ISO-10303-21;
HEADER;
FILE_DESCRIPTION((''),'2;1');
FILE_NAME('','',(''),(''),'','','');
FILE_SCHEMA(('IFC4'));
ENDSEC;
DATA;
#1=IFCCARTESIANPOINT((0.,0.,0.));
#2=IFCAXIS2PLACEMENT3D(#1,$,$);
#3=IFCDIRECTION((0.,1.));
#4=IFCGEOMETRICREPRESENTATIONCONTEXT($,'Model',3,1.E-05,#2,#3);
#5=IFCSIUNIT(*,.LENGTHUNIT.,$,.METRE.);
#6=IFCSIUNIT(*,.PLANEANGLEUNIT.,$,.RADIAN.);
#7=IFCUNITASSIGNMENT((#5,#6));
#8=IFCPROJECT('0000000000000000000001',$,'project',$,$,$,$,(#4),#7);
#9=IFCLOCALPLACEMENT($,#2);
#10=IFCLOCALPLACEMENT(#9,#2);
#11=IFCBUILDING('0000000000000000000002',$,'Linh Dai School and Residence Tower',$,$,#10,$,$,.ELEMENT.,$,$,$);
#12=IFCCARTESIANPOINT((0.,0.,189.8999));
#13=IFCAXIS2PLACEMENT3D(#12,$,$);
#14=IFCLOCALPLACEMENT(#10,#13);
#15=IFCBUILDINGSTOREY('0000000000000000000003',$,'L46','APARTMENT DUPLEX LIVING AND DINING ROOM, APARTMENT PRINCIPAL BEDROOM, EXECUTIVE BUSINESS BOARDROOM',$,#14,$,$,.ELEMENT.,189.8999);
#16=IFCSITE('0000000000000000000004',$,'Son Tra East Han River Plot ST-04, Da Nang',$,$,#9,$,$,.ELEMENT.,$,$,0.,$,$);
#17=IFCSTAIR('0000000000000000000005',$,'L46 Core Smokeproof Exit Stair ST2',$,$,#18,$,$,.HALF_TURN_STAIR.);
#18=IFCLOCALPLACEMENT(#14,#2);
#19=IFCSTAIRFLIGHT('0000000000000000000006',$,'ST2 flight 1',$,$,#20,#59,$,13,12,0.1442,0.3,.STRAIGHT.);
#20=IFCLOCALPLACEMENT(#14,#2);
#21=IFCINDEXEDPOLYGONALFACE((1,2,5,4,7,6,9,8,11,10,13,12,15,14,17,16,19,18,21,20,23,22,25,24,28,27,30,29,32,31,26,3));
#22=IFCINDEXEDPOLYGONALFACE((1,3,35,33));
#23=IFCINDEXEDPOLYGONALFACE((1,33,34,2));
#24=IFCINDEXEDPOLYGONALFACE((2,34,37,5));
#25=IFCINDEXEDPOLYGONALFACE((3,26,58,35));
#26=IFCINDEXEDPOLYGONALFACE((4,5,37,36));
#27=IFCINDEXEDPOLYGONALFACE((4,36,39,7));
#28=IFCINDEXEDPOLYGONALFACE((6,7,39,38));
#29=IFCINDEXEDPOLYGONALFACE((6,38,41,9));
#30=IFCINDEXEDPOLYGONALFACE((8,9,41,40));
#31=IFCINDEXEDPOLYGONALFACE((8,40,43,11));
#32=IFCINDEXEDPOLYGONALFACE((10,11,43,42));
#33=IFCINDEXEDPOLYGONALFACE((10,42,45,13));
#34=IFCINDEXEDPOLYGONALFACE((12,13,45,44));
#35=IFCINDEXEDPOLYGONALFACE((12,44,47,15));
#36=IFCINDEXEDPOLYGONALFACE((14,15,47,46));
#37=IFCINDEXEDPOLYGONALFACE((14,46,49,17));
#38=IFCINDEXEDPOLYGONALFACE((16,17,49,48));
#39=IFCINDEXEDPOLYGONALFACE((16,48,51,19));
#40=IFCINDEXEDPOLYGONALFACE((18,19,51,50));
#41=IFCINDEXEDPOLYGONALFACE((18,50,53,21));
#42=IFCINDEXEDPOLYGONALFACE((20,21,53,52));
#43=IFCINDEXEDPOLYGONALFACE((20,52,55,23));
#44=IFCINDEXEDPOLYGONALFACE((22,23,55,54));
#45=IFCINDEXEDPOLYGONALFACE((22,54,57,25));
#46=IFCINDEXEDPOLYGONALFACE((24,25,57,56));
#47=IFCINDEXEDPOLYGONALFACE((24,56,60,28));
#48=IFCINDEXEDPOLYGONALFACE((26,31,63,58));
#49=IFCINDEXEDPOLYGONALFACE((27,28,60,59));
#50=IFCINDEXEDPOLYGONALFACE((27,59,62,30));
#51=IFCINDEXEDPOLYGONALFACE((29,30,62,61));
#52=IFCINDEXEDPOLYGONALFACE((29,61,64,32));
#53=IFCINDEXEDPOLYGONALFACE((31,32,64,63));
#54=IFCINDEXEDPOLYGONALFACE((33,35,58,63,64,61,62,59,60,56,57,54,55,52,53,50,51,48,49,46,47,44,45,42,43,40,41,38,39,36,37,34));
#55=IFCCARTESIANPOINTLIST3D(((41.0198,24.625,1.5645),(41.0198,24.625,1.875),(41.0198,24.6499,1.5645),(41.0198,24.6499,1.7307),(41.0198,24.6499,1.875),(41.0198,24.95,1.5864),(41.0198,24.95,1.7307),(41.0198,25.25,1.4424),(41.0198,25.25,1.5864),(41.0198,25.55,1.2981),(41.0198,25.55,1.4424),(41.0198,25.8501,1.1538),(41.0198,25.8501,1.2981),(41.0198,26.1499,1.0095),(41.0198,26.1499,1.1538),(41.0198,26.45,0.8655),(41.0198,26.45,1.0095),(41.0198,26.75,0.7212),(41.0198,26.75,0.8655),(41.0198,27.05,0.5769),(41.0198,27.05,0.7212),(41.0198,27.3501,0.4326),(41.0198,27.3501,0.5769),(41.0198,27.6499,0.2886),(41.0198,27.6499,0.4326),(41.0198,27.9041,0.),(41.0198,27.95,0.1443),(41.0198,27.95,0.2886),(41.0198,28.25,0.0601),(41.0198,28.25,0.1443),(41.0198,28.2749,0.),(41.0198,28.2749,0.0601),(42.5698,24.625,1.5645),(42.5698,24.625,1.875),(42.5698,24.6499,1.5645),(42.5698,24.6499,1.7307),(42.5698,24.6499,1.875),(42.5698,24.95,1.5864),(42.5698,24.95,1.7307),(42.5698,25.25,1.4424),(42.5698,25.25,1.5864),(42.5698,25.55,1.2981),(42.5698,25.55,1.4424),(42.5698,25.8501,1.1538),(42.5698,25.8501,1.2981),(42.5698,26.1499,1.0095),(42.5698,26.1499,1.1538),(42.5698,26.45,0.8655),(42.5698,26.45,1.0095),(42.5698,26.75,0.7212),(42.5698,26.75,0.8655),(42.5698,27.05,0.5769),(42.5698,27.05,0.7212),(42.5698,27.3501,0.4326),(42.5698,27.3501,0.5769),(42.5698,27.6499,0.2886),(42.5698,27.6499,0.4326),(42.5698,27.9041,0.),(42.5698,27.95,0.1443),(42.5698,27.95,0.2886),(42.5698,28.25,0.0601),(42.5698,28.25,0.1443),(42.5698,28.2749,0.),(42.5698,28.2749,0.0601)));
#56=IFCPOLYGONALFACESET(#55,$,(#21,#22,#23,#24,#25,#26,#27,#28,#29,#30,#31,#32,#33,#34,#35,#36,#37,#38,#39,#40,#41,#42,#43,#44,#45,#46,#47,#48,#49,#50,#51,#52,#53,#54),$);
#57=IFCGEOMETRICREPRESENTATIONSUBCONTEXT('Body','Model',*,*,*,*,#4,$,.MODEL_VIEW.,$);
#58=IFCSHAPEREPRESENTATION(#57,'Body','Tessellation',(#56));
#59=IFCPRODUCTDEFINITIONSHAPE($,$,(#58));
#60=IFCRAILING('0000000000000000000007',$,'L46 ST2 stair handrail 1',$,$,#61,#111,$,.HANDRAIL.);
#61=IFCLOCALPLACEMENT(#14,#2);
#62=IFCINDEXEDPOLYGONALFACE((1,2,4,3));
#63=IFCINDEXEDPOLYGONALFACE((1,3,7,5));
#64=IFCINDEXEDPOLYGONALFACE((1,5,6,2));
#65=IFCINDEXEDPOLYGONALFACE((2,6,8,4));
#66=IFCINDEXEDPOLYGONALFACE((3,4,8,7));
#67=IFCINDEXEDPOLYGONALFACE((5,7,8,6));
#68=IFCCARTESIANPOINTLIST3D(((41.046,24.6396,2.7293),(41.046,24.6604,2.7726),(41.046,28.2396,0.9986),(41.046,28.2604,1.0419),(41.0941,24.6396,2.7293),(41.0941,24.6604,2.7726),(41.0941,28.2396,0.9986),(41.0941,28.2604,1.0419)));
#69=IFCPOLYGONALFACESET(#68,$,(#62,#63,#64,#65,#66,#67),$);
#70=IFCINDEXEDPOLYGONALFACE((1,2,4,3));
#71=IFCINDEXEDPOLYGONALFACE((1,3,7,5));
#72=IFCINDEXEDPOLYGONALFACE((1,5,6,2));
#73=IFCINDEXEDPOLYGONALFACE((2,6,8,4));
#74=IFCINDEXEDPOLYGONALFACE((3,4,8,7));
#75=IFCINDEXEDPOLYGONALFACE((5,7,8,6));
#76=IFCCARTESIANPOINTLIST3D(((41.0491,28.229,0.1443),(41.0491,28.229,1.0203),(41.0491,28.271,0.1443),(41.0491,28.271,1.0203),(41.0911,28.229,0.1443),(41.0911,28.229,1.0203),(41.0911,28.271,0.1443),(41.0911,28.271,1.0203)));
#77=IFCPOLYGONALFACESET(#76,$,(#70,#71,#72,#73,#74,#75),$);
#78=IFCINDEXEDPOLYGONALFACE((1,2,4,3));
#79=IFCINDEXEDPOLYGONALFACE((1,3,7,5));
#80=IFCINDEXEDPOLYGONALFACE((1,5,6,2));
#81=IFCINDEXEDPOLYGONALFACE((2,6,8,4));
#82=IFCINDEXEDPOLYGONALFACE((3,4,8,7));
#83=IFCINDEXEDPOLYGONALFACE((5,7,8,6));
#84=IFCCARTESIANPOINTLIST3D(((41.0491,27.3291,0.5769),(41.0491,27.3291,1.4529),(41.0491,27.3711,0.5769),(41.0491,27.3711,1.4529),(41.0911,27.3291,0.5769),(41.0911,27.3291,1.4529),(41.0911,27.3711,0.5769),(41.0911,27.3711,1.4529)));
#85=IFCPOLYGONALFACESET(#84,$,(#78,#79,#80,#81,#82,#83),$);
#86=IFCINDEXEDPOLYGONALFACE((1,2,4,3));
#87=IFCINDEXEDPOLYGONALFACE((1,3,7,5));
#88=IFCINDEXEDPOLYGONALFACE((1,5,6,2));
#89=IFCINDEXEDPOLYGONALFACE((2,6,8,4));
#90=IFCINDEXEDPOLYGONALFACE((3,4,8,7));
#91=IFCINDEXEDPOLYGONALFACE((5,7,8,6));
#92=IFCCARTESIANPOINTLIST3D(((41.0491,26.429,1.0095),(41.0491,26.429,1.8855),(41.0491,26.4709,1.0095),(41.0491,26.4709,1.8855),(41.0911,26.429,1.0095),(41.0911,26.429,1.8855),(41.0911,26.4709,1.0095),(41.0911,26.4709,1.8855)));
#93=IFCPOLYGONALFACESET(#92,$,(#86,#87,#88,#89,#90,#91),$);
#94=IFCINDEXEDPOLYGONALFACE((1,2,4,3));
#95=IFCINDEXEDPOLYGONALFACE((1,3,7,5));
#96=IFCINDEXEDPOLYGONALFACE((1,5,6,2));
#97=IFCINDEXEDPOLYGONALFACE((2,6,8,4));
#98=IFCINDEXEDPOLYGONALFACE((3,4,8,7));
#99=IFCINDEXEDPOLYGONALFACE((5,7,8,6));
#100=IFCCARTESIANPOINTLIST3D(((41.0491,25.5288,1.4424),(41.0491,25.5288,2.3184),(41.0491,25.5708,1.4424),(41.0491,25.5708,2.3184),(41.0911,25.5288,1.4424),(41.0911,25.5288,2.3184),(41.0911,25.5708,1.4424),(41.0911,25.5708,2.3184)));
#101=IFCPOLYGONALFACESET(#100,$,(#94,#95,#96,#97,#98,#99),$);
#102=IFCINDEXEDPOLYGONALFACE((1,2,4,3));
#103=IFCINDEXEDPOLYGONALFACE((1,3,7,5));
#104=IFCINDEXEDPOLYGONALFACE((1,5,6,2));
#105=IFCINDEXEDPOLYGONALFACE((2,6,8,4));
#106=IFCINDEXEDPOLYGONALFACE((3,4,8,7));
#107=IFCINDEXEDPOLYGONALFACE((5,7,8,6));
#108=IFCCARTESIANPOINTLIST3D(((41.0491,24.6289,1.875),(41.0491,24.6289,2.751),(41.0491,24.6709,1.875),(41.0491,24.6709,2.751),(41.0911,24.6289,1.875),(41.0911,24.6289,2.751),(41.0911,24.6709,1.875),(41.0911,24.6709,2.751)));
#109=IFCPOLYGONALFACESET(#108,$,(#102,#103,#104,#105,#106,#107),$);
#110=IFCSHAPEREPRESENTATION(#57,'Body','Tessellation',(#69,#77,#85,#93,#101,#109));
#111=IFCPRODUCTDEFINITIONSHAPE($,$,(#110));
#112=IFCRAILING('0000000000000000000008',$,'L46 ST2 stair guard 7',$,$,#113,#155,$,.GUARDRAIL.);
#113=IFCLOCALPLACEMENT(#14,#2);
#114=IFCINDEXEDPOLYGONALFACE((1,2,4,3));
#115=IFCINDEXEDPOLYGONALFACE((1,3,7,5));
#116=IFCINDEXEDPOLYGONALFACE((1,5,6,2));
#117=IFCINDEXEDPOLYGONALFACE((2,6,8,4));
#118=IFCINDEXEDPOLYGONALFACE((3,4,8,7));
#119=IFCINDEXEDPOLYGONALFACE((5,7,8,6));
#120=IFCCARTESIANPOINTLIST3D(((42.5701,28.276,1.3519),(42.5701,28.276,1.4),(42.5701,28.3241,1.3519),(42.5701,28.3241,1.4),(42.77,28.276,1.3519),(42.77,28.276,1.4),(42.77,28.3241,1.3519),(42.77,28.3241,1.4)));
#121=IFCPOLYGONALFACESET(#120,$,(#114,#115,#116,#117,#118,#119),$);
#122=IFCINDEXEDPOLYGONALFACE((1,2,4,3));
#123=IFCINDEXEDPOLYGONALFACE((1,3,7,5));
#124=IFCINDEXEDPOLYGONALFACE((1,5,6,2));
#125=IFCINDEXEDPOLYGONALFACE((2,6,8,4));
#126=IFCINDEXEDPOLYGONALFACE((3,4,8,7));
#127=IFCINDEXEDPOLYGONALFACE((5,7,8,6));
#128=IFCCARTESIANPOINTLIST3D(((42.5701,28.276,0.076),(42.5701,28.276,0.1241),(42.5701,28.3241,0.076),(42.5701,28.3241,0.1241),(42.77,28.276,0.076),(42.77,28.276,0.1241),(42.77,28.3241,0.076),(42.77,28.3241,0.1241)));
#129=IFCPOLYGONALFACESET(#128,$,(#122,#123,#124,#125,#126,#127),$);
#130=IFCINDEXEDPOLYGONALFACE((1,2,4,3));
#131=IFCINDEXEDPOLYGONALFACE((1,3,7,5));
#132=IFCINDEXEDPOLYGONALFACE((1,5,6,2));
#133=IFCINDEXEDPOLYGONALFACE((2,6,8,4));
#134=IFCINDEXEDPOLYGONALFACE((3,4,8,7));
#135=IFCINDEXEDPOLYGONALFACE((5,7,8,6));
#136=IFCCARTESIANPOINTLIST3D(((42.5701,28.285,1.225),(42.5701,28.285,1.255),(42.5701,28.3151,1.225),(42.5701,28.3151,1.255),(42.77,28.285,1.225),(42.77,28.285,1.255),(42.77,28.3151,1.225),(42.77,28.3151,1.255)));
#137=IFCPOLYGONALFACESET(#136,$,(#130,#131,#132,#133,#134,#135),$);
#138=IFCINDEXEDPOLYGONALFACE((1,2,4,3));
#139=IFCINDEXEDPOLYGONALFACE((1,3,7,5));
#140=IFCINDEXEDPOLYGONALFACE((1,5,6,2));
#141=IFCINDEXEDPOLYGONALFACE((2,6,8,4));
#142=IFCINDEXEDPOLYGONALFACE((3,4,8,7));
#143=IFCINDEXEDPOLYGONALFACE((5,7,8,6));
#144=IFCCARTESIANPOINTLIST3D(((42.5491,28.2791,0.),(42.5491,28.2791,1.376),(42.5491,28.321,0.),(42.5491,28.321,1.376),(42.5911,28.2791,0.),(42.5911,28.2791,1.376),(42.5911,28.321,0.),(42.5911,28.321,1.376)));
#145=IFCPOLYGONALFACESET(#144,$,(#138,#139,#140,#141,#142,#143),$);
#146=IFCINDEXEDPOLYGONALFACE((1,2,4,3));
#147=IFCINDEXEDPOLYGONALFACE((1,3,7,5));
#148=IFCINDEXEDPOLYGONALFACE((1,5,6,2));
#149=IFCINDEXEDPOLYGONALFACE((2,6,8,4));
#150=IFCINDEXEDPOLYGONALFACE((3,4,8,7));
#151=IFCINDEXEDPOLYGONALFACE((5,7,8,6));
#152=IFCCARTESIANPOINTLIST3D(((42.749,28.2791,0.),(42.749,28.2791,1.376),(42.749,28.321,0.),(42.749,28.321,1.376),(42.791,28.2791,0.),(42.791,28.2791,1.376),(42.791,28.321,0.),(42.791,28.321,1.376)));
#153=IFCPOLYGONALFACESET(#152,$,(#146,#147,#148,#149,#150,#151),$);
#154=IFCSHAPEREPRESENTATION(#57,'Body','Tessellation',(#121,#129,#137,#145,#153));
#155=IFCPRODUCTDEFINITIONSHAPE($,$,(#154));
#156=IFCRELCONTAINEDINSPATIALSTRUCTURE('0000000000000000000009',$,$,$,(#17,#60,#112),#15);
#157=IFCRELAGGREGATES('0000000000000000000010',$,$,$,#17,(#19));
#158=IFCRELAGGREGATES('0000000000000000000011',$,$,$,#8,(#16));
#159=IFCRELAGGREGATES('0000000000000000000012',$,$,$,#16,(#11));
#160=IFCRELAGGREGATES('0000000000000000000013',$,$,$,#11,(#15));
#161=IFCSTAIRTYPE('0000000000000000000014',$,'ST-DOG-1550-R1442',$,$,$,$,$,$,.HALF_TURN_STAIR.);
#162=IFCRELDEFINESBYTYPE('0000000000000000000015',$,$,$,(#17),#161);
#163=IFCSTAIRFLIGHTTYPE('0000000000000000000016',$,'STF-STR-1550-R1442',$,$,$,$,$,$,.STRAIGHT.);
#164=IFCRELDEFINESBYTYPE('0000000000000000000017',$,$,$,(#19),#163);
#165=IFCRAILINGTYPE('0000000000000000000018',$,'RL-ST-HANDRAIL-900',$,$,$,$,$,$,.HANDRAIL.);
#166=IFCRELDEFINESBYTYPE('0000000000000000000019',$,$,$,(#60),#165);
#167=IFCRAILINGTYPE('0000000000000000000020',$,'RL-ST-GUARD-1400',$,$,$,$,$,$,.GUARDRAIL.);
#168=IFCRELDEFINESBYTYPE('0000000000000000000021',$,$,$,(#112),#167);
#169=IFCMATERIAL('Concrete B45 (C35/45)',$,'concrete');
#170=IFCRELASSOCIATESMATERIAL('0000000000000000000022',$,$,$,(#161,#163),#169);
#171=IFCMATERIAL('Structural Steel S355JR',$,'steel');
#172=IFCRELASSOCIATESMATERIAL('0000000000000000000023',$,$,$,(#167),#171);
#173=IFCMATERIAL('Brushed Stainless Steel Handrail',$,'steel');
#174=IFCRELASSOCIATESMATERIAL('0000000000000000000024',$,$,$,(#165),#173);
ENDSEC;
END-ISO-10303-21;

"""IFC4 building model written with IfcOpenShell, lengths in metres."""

from ifc_helpers import new_model, si_unit, direction, frame, origin, origin_2d, place, context, subcontext, project, spatial, polyline, rectangle, outline, extrude, source, transform, mapped, material, type_object, element, aggregate, save


model = new_model("IFC4")

# Units and contexts
model_context = context("Model", 3, precision=1e-05, world=origin(), true_north=direction((0.0, 1.0)))
body_context = subcontext(model_context, "Body", "Model", "MODEL_VIEW")
ifc_project = project(units=[si_unit("LENGTHUNIT", "METRE"), si_unit("PLANEANGLEUNIT", "RADIAN")], contexts=[model_context])

# Site, building, storey
site_placement = place(None, origin())
site = spatial("IfcSite", under=ifc_project, at=site_placement, Name="Son Tra East Han River Plot ST-04, Da Nang", CompositionType="ELEMENT", RefElevation=0.0)
building_placement = place(site_placement, origin())
building = spatial("IfcBuilding", under=site, at=building_placement, Name="Linh Dai School and Residence Tower", CompositionType="ELEMENT")
storey_placement = place(building_placement, frame((0.0, 0.0, 189.8999)))
storey = spatial("IfcBuildingStorey", under=building, at=storey_placement, Name="L46", Description="APARTMENT DUPLEX LIVING AND DINING ROOM, APARTMENT PRINCIPAL BEDROOM, EXECUTIVE BUSINESS BOARDROOM", CompositionType="ELEMENT", Elevation=189.8999)

# Shared definitions
ifc_material_1 = material(Name="Structural Steel S355JR", Category="steel")

# Shared definitions
ifc_material_2 = material(Name="Concrete B45 (C35/45)", Category="concrete")

# Stair, stair flight
stair_type = type_object("IfcStairType", Name="ST-DOG-1550-R1442", PredefinedType="HALF_TURN_STAIR", material=ifc_material_2)
stair_placement = place(storey_placement, origin())
stair = element("IfcStair", 1, at=stair_placement, inside=storey, type_object=stair_type, Name="L46 Core Smokeproof Exit Stair ST2", PredefinedType="HALF_TURN_STAIR")
stair_flight_type = type_object("IfcStairFlightType", Name="STF-STR-1550-R1442", PredefinedType="STRAIGHT", material=ifc_material_2)
shared_shape_1 = source(origin(), body_context, "Body", "SweptSolid", [
    extrude(outline(polyline([(-0.0249, 0.0), (-0.0249, 0.0601), (0.0, 0.0601), (0.0, 0.1443), (0.3, 0.1443), (0.3, 0.2886), (0.6001, 0.2886), (0.6001, 0.4326), (0.8999, 0.4326), (0.8999, 0.5769), (1.2, 0.5769), (1.2, 0.7212), (1.5, 0.7212), (1.5, 0.8655), (1.8, 0.8655), (1.8, 1.0095), (2.1001, 1.0095), (2.1001, 1.1538), (2.3999, 1.1538), (2.3999, 1.2981), (2.7, 1.2981), (2.7, 1.4424), (3.0, 1.4424), (3.0, 1.5864), (3.3, 1.5864), (3.3, 1.7307), (3.6001, 1.7307), (3.6001, 1.875), (3.625, 1.875), (3.625, 1.5645), (3.6001, 1.5645), (0.3459, 0.0), (-0.0249, 0.0)])), frame((0.0, 0.7749, 0.0), z_axis=(0.0, -1.0, 0.0), x_axis=(1.0, 0.0, 0.0)), (0.0, 0.0, 1.0), 1.55),
])
stair_flight_placement = place(storey_placement, frame((41.7949, 28.25, 0.0), z_axis=(0.0, 0.0, 1.0), x_axis=(0.0, -1.0, 0.0)))
stair_flight = element("IfcStairFlight", 2, at=stair_flight_placement, type_object=stair_flight_type, Name="ST2 flight 1", NumberOfRisers=13, NumberOfTreads=12, PredefinedType="STRAIGHT", RiserHeight=0.1442, TreadLength=0.3, context=body_context, shape_type="MappedRepresentation", body=[
    mapped(shared_shape_1, transform((0.0, 0.0, 0.0), x_axis=(1.0, 0.0, 0.0), y_axis=(0.0, 1.0, 0.0), z_axis=(0.0, 0.0, 1.0), scale=1.0)),
])
aggregate(stair, [stair_flight])

# Railings
railing_type_1 = type_object("IfcRailingType", Name="RL-ST-GUARD-1400", PredefinedType="GUARDRAIL", material=ifc_material_1)
ifc_material_3 = material(Name="Brushed Stainless Steel Handrail", Category="steel")
railing_type_2 = type_object("IfcRailingType", Name="RL-ST-HANDRAIL-900", PredefinedType="HANDRAIL", material=ifc_material_3)
shared_shape_2 = source(origin(), body_context, "Body", "SweptSolid", [
    extrude(rectangle(XDim=0.0481, YDim=0.0481, at=origin_2d()), frame((0.0, 0.0, 0.876), z_axis=(0.0, -0.901263, 0.433273), x_axis=(1.0, 0.0, 0.0)), (0.0, 0.0, 1.0), 3.9944),
    extrude(rectangle(XDim=0.042, YDim=0.042, at=origin_2d()), origin(), (0.0, 0.0, 1.0), 0.876),
    extrude(rectangle(XDim=0.042, YDim=0.042, at=origin_2d()), frame((0.0, -0.8999, 0.4326)), (0.0, 0.0, 1.0), 0.876),
    extrude(rectangle(XDim=0.042, YDim=0.042, at=origin_2d()), frame((0.0, -1.8, 0.8652)), (0.0, 0.0, 1.0), 0.876),
    extrude(rectangle(XDim=0.042, YDim=0.042, at=origin_2d()), frame((0.0, -2.7002, 1.2981)), (0.0, 0.0, 1.0), 0.876),
    extrude(rectangle(XDim=0.042, YDim=0.042, at=origin_2d()), frame((0.0, -3.6001, 1.7307)), (0.0, 0.0, 1.0), 0.876),
])
railing_1_placement = place(storey_placement, frame((41.0701, 28.25, 0.1443)))
element("IfcRailing", 3, at=railing_1_placement, inside=storey, type_object=railing_type_2, Name="L46 ST2 stair handrail 1", PredefinedType="HANDRAIL", context=body_context, shape_type="MappedRepresentation", body=[
    mapped(shared_shape_2, transform((0.0, 0.0, 0.0), x_axis=(1.0, 0.0, 0.0), y_axis=(0.0, 1.0, 0.0), z_axis=(0.0, 0.0, 1.0), scale=1.0)),
])
shared_shape_3 = source(origin(), body_context, "Body", "SweptSolid", [
    extrude(rectangle(XDim=0.0481, YDim=0.0481, at=origin_2d()), frame((0.0, 0.0, 1.376), z_axis=(1.0, 0.0, 0.0), x_axis=(0.0, 1.0, 0.0)), (0.0, 0.0, 1.0), 0.2),
    extrude(rectangle(XDim=0.0481, YDim=0.0481, at=origin_2d()), frame((0.0, 0.0, 0.1001), z_axis=(1.0, 0.0, 0.0), x_axis=(0.0, 1.0, 0.0)), (0.0, 0.0, 1.0), 0.2),
    extrude(rectangle(XDim=0.03, YDim=0.03, at=origin_2d()), frame((0.0, 0.0, 1.24), z_axis=(1.0, 0.0, 0.0), x_axis=(0.0, 1.0, 0.0)), (0.0, 0.0, 1.0), 0.2),
    extrude(rectangle(XDim=0.042, YDim=0.042, at=origin_2d()), origin(), (0.0, 0.0, 1.0), 1.376),
    extrude(rectangle(XDim=0.042, YDim=0.042, at=origin_2d()), frame((0.2, 0.0, 0.0)), (0.0, 0.0, 1.0), 1.376),
])
railing_2_placement = place(storey_placement, frame((42.5701, 28.3, 0.0)))
element("IfcRailing", 4, at=railing_2_placement, inside=storey, type_object=railing_type_1, Name="L46 ST2 stair guard 7", PredefinedType="GUARDRAIL", context=body_context, shape_type="MappedRepresentation", body=[
    mapped(shared_shape_3, transform((0.0, 0.0, 0.0), x_axis=(1.0, 0.0, 0.0), y_axis=(0.0, 1.0, 0.0), z_axis=(0.0, 0.0, 1.0), scale=1.0)),
])

save(model, "model.ifc")
